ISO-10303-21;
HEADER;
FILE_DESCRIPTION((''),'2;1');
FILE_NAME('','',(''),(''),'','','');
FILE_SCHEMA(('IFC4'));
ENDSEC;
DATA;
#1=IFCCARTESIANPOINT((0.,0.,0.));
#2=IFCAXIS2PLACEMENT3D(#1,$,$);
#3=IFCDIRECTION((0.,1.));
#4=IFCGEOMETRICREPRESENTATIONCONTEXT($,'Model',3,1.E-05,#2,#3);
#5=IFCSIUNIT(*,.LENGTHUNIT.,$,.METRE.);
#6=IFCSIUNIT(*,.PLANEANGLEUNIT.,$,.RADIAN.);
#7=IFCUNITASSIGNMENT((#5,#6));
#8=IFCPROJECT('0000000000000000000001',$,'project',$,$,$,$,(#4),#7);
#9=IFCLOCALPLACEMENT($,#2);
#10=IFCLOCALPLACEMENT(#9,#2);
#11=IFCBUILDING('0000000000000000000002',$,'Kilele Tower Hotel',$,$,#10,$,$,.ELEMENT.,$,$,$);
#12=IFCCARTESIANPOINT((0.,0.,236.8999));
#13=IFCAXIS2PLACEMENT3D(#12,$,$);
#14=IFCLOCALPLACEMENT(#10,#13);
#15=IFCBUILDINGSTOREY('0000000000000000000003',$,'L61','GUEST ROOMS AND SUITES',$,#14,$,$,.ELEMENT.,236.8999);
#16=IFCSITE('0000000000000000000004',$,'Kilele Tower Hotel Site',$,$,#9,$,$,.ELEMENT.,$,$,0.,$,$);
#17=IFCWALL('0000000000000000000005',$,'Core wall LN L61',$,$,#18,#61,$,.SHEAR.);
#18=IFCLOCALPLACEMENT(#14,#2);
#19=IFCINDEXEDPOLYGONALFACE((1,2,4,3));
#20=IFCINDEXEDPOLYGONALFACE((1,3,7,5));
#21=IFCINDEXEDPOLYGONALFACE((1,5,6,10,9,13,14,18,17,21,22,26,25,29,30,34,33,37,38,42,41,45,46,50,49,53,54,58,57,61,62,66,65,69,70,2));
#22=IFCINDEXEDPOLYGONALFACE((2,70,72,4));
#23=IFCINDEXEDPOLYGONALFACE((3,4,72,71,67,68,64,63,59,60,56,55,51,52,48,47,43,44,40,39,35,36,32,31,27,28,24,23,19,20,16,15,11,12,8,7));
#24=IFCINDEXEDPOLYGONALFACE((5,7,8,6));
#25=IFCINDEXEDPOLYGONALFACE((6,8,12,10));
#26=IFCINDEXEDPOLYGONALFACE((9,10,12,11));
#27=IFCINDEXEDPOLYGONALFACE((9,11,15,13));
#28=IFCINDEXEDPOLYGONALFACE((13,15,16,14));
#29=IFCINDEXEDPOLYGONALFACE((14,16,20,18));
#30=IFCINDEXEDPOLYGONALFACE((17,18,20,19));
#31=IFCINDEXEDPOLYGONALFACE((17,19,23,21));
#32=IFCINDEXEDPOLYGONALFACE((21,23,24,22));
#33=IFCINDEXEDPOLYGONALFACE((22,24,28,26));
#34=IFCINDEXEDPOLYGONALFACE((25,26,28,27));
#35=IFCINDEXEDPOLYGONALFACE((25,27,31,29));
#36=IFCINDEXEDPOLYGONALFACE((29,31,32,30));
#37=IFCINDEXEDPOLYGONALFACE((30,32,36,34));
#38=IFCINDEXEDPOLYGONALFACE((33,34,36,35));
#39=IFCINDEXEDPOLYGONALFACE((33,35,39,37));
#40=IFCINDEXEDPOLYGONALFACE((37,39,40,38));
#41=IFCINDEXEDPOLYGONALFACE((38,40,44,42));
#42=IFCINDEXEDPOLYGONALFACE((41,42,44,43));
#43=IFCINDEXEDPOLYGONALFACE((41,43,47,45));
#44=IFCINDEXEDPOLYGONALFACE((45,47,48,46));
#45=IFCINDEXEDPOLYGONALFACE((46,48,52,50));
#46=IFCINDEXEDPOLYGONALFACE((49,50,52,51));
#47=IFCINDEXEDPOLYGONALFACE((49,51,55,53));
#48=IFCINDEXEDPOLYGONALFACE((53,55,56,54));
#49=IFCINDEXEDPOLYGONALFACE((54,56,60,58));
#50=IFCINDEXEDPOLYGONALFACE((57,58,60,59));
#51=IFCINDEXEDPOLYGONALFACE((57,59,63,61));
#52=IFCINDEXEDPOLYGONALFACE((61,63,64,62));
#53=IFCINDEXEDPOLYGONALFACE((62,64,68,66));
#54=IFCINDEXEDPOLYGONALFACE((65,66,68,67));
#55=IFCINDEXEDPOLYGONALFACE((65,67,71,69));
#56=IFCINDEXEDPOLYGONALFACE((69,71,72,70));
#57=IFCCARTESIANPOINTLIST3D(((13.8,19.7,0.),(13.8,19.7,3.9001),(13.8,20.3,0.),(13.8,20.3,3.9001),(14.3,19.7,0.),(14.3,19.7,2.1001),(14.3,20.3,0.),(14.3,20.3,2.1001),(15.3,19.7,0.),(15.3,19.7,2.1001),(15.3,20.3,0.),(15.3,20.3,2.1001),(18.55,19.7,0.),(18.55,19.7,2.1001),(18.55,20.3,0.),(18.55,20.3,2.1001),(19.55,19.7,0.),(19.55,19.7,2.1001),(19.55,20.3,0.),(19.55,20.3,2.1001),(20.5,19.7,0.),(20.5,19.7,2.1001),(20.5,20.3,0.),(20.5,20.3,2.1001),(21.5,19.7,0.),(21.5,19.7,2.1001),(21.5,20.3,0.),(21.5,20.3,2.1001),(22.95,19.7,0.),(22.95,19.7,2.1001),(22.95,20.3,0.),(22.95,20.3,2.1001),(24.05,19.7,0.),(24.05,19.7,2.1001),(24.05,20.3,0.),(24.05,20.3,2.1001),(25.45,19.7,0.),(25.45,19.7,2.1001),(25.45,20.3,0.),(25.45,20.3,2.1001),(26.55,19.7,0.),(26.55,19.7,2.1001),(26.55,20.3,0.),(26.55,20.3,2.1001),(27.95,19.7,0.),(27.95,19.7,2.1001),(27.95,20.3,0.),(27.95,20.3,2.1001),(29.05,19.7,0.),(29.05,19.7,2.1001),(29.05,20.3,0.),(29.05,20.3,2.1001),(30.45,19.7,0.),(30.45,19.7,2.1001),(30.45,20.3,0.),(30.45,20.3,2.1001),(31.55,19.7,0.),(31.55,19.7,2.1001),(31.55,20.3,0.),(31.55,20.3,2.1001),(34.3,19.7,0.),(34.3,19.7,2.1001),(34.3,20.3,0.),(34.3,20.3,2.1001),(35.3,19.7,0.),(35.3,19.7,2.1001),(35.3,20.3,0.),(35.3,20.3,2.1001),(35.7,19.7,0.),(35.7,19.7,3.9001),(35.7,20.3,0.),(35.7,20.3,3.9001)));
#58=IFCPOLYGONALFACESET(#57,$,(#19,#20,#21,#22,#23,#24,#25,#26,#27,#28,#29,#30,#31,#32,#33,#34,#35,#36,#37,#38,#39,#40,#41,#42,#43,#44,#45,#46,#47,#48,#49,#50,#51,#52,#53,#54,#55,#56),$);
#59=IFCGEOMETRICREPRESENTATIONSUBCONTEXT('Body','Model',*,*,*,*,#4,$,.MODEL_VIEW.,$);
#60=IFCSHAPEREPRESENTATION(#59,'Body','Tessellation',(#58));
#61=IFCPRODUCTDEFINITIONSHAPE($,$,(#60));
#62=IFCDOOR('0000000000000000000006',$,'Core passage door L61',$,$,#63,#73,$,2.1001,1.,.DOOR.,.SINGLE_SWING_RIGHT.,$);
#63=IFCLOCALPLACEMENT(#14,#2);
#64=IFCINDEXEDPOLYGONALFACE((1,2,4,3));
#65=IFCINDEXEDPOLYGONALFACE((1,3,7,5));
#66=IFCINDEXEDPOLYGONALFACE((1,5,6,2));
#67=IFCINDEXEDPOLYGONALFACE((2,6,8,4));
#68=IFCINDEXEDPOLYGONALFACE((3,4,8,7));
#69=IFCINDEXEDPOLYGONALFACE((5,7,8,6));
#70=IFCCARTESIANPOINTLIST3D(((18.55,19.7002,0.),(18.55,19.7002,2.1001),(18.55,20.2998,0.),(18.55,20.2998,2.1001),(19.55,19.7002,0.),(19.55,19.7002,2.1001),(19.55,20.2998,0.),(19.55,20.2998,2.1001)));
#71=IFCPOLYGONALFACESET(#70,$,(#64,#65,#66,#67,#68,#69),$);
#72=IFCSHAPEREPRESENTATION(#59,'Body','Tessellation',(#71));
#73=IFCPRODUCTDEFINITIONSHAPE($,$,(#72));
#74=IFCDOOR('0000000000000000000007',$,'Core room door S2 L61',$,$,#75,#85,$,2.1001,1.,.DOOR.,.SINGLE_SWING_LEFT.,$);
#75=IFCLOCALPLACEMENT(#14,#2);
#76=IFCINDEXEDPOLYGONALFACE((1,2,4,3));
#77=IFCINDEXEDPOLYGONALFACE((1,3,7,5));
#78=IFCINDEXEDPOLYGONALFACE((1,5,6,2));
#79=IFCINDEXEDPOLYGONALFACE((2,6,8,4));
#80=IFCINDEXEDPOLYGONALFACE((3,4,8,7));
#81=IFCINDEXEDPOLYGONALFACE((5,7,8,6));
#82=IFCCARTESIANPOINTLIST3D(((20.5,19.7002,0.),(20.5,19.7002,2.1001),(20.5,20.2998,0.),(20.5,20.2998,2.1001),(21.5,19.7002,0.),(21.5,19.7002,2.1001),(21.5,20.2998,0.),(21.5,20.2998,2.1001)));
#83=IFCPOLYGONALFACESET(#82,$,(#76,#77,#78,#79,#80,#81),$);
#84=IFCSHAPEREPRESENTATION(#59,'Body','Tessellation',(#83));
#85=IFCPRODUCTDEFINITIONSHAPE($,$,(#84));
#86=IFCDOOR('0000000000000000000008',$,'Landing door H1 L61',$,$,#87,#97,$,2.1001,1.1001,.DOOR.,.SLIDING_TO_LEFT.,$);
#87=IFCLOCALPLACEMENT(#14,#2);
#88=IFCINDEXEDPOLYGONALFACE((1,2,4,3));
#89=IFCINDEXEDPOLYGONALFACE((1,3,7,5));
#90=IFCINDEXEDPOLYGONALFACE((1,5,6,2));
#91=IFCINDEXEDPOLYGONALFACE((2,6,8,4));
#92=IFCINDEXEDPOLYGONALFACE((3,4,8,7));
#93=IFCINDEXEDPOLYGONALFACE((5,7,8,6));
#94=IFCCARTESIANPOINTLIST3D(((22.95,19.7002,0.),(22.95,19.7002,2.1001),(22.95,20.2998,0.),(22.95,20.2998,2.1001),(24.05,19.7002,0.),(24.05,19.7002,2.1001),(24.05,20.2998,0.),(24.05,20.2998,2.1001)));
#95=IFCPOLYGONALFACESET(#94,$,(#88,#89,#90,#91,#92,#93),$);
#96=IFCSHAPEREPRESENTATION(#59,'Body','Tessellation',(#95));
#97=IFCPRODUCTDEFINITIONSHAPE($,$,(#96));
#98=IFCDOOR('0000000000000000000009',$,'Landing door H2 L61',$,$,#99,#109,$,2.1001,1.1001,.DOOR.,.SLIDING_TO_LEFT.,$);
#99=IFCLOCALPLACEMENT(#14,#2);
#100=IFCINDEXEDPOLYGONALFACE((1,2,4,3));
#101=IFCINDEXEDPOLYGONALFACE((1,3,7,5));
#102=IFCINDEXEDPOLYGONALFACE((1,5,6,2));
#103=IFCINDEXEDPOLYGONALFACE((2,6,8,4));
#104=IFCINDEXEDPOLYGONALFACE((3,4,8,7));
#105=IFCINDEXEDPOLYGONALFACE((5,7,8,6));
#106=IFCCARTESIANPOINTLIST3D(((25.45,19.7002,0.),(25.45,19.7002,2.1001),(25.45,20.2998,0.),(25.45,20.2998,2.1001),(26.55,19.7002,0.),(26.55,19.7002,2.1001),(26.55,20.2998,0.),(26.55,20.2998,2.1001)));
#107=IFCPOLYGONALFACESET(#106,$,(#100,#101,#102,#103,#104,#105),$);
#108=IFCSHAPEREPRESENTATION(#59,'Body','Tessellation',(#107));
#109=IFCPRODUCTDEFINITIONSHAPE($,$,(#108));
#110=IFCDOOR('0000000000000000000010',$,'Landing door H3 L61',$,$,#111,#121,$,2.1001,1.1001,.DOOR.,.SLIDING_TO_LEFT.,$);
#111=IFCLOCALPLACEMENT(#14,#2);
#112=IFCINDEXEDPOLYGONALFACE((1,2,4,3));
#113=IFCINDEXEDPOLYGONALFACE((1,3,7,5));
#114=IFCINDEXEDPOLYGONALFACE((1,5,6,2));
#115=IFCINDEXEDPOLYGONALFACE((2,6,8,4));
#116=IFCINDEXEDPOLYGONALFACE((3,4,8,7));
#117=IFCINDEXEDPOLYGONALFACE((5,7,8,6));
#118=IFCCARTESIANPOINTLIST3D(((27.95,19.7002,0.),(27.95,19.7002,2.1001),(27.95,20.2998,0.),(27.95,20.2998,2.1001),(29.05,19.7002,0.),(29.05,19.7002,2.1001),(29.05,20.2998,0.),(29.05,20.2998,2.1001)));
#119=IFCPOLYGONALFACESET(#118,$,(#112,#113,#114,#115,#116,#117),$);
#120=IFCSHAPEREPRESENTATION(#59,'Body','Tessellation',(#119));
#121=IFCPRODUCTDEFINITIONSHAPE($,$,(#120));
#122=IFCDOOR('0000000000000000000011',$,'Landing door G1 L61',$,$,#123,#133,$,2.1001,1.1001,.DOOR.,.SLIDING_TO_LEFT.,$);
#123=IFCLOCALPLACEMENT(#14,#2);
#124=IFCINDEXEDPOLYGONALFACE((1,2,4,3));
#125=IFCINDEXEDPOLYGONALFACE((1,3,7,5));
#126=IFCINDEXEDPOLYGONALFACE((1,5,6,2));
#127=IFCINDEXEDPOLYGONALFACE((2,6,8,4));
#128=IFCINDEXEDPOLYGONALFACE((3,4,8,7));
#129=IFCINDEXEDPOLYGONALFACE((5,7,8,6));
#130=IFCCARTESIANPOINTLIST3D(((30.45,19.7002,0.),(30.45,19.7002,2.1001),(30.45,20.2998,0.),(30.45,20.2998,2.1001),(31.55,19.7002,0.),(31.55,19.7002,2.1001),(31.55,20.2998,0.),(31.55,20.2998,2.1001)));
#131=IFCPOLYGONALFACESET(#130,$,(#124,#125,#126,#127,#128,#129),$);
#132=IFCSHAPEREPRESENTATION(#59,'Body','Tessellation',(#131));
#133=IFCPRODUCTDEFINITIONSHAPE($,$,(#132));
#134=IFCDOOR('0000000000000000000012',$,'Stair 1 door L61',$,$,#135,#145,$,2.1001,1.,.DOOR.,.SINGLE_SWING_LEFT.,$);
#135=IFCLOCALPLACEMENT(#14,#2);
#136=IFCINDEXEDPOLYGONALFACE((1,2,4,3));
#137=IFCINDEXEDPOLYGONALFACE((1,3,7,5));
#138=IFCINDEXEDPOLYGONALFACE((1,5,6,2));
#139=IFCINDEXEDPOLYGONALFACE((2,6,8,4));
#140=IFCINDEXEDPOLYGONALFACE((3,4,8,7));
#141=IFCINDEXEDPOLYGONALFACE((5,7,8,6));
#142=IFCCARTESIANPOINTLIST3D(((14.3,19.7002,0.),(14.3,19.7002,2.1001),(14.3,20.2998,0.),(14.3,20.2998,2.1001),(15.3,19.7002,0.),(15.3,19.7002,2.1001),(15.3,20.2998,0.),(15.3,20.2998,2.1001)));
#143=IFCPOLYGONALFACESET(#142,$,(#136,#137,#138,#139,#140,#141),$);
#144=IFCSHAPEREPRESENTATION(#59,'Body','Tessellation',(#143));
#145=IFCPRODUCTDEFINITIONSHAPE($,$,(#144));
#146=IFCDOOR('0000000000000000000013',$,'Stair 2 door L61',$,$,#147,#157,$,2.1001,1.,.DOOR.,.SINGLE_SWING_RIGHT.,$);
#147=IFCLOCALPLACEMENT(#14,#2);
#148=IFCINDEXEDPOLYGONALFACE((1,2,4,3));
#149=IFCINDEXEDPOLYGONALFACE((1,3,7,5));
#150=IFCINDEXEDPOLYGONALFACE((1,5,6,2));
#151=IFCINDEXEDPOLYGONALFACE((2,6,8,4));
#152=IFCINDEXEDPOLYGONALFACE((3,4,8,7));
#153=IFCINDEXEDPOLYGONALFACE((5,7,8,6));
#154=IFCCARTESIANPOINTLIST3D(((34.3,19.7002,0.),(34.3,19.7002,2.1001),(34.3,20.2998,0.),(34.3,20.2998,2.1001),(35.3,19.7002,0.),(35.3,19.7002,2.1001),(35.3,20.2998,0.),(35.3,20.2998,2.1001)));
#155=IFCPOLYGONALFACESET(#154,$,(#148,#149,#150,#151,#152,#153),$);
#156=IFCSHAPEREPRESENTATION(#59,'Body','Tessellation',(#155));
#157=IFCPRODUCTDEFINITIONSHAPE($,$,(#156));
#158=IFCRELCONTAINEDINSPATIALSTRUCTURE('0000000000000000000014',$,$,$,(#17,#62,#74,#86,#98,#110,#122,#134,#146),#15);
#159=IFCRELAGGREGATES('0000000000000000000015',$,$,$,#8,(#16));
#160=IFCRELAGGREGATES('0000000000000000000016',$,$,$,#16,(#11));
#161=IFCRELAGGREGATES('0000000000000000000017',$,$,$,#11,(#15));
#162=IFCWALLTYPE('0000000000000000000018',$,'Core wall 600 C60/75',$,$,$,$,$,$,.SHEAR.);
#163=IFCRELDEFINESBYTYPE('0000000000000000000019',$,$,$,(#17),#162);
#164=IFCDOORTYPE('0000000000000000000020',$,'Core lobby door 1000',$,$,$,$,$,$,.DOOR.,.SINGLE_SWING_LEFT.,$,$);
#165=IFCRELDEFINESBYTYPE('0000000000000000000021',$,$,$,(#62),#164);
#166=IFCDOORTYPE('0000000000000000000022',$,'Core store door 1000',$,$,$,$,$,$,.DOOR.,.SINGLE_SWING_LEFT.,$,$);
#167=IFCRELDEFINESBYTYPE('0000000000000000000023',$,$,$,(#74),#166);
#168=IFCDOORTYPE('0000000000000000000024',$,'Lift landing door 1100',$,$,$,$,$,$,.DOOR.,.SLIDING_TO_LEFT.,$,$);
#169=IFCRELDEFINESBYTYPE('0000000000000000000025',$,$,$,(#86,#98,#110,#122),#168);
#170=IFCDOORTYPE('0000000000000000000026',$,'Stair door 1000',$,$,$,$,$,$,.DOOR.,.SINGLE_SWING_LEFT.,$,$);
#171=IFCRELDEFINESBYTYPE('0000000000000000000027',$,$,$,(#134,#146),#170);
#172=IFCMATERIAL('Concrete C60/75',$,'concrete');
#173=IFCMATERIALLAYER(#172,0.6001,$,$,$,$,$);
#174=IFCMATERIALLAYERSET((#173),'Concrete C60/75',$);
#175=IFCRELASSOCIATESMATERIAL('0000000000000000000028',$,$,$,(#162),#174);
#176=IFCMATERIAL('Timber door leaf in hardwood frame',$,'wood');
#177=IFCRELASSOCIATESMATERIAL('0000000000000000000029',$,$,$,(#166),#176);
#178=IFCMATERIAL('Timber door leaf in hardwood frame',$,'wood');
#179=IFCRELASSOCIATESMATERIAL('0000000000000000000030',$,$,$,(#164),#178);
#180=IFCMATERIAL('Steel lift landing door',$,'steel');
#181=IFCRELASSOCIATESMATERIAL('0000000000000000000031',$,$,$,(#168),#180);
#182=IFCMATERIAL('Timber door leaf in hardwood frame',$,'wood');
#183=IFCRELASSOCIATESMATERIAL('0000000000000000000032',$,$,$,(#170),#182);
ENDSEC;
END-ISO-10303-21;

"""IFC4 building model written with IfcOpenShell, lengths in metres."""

from ifc_helpers import new_model, si_unit, direction, frame, frame_2d, origin, place, context, subcontext, project, spatial, rectangle, extrude, material, layer, layer_set, type_object, element, fill, save


model = new_model("IFC4")

# Units and contexts
model_context = context("Model", 3, precision=1e-05, world=origin(), true_north=direction((0.0, 1.0)))
body_context = subcontext(model_context, "Body", "Model", "MODEL_VIEW")
ifc_project = project(units=[si_unit("LENGTHUNIT", "METRE"), si_unit("PLANEANGLEUNIT", "RADIAN")], contexts=[model_context])

# Site, building, storey
site_placement = place(None, origin())
site = spatial("IfcSite", under=ifc_project, at=site_placement, Name="Kilele Tower Hotel Site", CompositionType="ELEMENT", RefElevation=0.0)
building_placement = place(site_placement, origin())
building = spatial("IfcBuilding", under=site, at=building_placement, Name="Kilele Tower Hotel", CompositionType="ELEMENT")
storey_placement = place(building_placement, frame((0.0, 0.0, 236.8999)))
storey = spatial("IfcBuildingStorey", under=building, at=storey_placement, Name="L61", Description="GUEST ROOMS AND SUITES", CompositionType="ELEMENT", Elevation=236.8999)

# Shared definitions
ifc_material_1 = material(Name="Concrete C60/75", Category="concrete")
ifc_layer_1 = layer(ifc_material_1, 0.6001)
ifc_layer_set_1 = layer_set([ifc_layer_1], Name="Concrete C60/75")
wall_type_1 = type_object("IfcWallType", Name="Core wall 600 C60/75", PredefinedType="SHEAR", material=ifc_layer_set_1)

# Wall, openings, doors
ifc_material_2 = material(Name="Timber door leaf in hardwood frame", Category="wood")
door_type_1 = type_object("IfcDoorType", Name="Core store door 1000", OperationType="SINGLE_SWING_LEFT", PredefinedType="DOOR", material=ifc_material_2)
wall_1_placement = place(storey_placement, frame((13.8, 20.0, 0.0), z_axis=(0.0, 0.0, 1.0), x_axis=(1.0, 0.0, 0.0)))
wall_1 = element("IfcWall", 1, at=wall_1_placement, inside=storey, type_object=wall_type_1, Name="Core wall LN L61", PredefinedType="SHEAR", context=body_context, shape_type="SweptSolid", body=[
    extrude(rectangle(XDim=21.8999, YDim=0.6001, at=frame_2d((10.95, 0.0))), origin(), (0.0, 0.0, 1.0), 3.9001),
])
opening_1_placement = place(wall_1_placement, frame((0.5, 0.0, 0.0)))
opening_1 = element("IfcOpeningElement", 2, at=opening_1_placement, cuts=wall_1, PredefinedType="OPENING", context=body_context, shape_type="SweptSolid", body=[
    extrude(rectangle(XDim=1.0, YDim=2.1001, at=frame_2d((0.5, 1.05))), frame((0.0, 0.3101, 0.0), z_axis=(0.0, -1.0, 0.0), x_axis=(1.0, 0.0, 0.0)), (0.0, 0.0, 1.0), 0.6201),
])
opening_2_placement = place(wall_1_placement, frame((20.5, 0.0, 0.0)))
opening_2 = element("IfcOpeningElement", 3, at=opening_2_placement, cuts=wall_1, PredefinedType="OPENING", context=body_context, shape_type="SweptSolid", body=[
    extrude(rectangle(XDim=1.0, YDim=2.1001, at=frame_2d((0.5, 1.05))), frame((0.0, 0.3101, 0.0), z_axis=(0.0, -1.0, 0.0), x_axis=(1.0, 0.0, 0.0)), (0.0, 0.0, 1.0), 0.6201),
])
opening_3_placement = place(wall_1_placement, frame((9.1499, 0.0, 0.0)))
opening_3 = element("IfcOpeningElement", 4, at=opening_3_placement, cuts=wall_1, PredefinedType="OPENING", context=body_context, shape_type="SweptSolid", body=[
    extrude(rectangle(XDim=1.1001, YDim=2.1001, at=frame_2d((0.55, 1.05))), frame((0.0, 0.3101, 0.0), z_axis=(0.0, -1.0, 0.0), x_axis=(1.0, 0.0, 0.0)), (0.0, 0.0, 1.0), 0.6201),
])
opening_4_placement = place(wall_1_placement, frame((11.6499, 0.0, 0.0)))
opening_4 = element("IfcOpeningElement", 5, at=opening_4_placement, cuts=wall_1, PredefinedType="OPENING", context=body_context, shape_type="SweptSolid", body=[
    extrude(rectangle(XDim=1.1001, YDim=2.1001, at=frame_2d((0.55, 1.05))), frame((0.0, 0.3101, 0.0), z_axis=(0.0, -1.0, 0.0), x_axis=(1.0, 0.0, 0.0)), (0.0, 0.0, 1.0), 0.6201),
])
opening_5_placement = place(wall_1_placement, frame((14.1499, 0.0, 0.0)))
opening_5 = element("IfcOpeningElement", 6, at=opening_5_placement, cuts=wall_1, PredefinedType="OPENING", context=body_context, shape_type="SweptSolid", body=[
    extrude(rectangle(XDim=1.1001, YDim=2.1001, at=frame_2d((0.55, 1.05))), frame((0.0, 0.3101, 0.0), z_axis=(0.0, -1.0, 0.0), x_axis=(1.0, 0.0, 0.0)), (0.0, 0.0, 1.0), 0.6201),
])
opening_6_placement = place(wall_1_placement, frame((16.6499, 0.0, 0.0)))
opening_6 = element("IfcOpeningElement", 7, at=opening_6_placement, cuts=wall_1, PredefinedType="OPENING", context=body_context, shape_type="SweptSolid", body=[
    extrude(rectangle(XDim=1.1001, YDim=2.1001, at=frame_2d((0.55, 1.05))), frame((0.0, 0.3101, 0.0), z_axis=(0.0, -1.0, 0.0), x_axis=(1.0, 0.0, 0.0)), (0.0, 0.0, 1.0), 0.6201),
])
opening_7_placement = place(wall_1_placement, frame((5.75, 0.0, 0.0), z_axis=(0.0, 0.0, 1.0), x_axis=(-1.0, 0.0, 0.0)))
opening_7 = element("IfcOpeningElement", 8, at=opening_7_placement, cuts=wall_1, PredefinedType="OPENING", context=body_context, shape_type="SweptSolid", body=[
    extrude(rectangle(XDim=1.0, YDim=2.1001, at=frame_2d((0.5, 1.05))), frame((0.0, 0.3101, 0.0), z_axis=(0.0, -1.0, 0.0), x_axis=(1.0, 0.0, 0.0)), (0.0, 0.0, 1.0), 0.6201),
])
opening_8_placement = place(wall_1_placement, frame((6.7, 0.0, 0.0)))
opening_8 = element("IfcOpeningElement", 9, at=opening_8_placement, cuts=wall_1, PredefinedType="OPENING", context=body_context, shape_type="SweptSolid", body=[
    extrude(rectangle(XDim=1.0, YDim=2.1001, at=frame_2d((0.5, 1.05))), frame((0.0, 0.3101, 0.0), z_axis=(0.0, -1.0, 0.0), x_axis=(1.0, 0.0, 0.0)), (0.0, 0.0, 1.0), 0.6201),
])
ifc_material_3 = material(Name="Timber door leaf in hardwood frame", Category="wood")
door_type_2 = type_object("IfcDoorType", Name="Core lobby door 1000", OperationType="SINGLE_SWING_LEFT", PredefinedType="DOOR", material=ifc_material_3)
door_1_placement = place(opening_7_placement, origin())
door_1 = element("IfcDoor", 10, at=door_1_placement, inside=storey, type_object=door_type_2, Name="Core passage door L61", OperationType="SINGLE_SWING_RIGHT", OverallHeight=2.1001, OverallWidth=1.0, PredefinedType="DOOR", context=body_context, shape_type="SweptSolid", body=[
    extrude(rectangle(XDim=1.0, YDim=2.1001, at=frame_2d((0.5, 1.05))), frame((0.0, 0.2998, 0.0), z_axis=(0.0, -1.0, 0.0), x_axis=(1.0, 0.0, 0.0)), (0.0, 0.0, 1.0), 0.5996),
])
fill(opening_7, door_1)
door_2_placement = place(opening_8_placement, origin())
door_2 = element("IfcDoor", 11, at=door_2_placement, inside=storey, type_object=door_type_1, Name="Core room door S2 L61", OperationType="SINGLE_SWING_LEFT", OverallHeight=2.1001, OverallWidth=1.0, PredefinedType="DOOR", context=body_context, shape_type="SweptSolid", body=[
    extrude(rectangle(XDim=1.0, YDim=2.1001, at=frame_2d((0.5, 1.05))), frame((0.0, 0.2998, 0.0), z_axis=(0.0, -1.0, 0.0), x_axis=(1.0, 0.0, 0.0)), (0.0, 0.0, 1.0), 0.5996),
])
fill(opening_8, door_2)
ifc_material_4 = material(Name="Steel lift landing door", Category="steel")
door_type_3 = type_object("IfcDoorType", Name="Lift landing door 1100", OperationType="SLIDING_TO_LEFT", PredefinedType="DOOR", material=ifc_material_4)
door_3_placement = place(opening_3_placement, origin())
door_3 = element("IfcDoor", 12, at=door_3_placement, inside=storey, type_object=door_type_3, Name="Landing door H1 L61", OperationType="SLIDING_TO_LEFT", OverallHeight=2.1001, OverallWidth=1.1001, PredefinedType="DOOR", context=body_context, shape_type="SweptSolid", body=[
    extrude(rectangle(XDim=1.1001, YDim=2.1001, at=frame_2d((0.55, 1.05))), frame((0.0, 0.2998, 0.0), z_axis=(0.0, -1.0, 0.0), x_axis=(1.0, 0.0, 0.0)), (0.0, 0.0, 1.0), 0.5996),
])
fill(opening_3, door_3)
door_4_placement = place(opening_4_placement, origin())
door_4 = element("IfcDoor", 13, at=door_4_placement, inside=storey, type_object=door_type_3, Name="Landing door H2 L61", OperationType="SLIDING_TO_LEFT", OverallHeight=2.1001, OverallWidth=1.1001, PredefinedType="DOOR", context=body_context, shape_type="SweptSolid", body=[
    extrude(rectangle(XDim=1.1001, YDim=2.1001, at=frame_2d((0.55, 1.05))), frame((0.0, 0.2998, 0.0), z_axis=(0.0, -1.0, 0.0), x_axis=(1.0, 0.0, 0.0)), (0.0, 0.0, 1.0), 0.5996),
])
fill(opening_4, door_4)
door_5_placement = place(opening_5_placement, origin())
door_5 = element("IfcDoor", 14, at=door_5_placement, inside=storey, type_object=door_type_3, Name="Landing door H3 L61", OperationType="SLIDING_TO_LEFT", OverallHeight=2.1001, OverallWidth=1.1001, PredefinedType="DOOR", context=body_context, shape_type="SweptSolid", body=[
    extrude(rectangle(XDim=1.1001, YDim=2.1001, at=frame_2d((0.55, 1.05))), frame((0.0, 0.2998, 0.0), z_axis=(0.0, -1.0, 0.0), x_axis=(1.0, 0.0, 0.0)), (0.0, 0.0, 1.0), 0.5996),
])
fill(opening_5, door_5)
door_6_placement = place(opening_6_placement, origin())
door_6 = element("IfcDoor", 15, at=door_6_placement, inside=storey, type_object=door_type_3, Name="Landing door G1 L61", OperationType="SLIDING_TO_LEFT", OverallHeight=2.1001, OverallWidth=1.1001, PredefinedType="DOOR", context=body_context, shape_type="SweptSolid", body=[
    extrude(rectangle(XDim=1.1001, YDim=2.1001, at=frame_2d((0.55, 1.05))), frame((0.0, 0.2998, 0.0), z_axis=(0.0, -1.0, 0.0), x_axis=(1.0, 0.0, 0.0)), (0.0, 0.0, 1.0), 0.5996),
])
fill(opening_6, door_6)
ifc_material_5 = material(Name="Timber door leaf in hardwood frame", Category="wood")
door_type_4 = type_object("IfcDoorType", Name="Stair door 1000", OperationType="SINGLE_SWING_LEFT", PredefinedType="DOOR", material=ifc_material_5)
door_7_placement = place(opening_1_placement, origin())
door_7 = element("IfcDoor", 16, at=door_7_placement, inside=storey, type_object=door_type_4, Name="Stair 1 door L61", OperationType="SINGLE_SWING_LEFT", OverallHeight=2.1001, OverallWidth=1.0, PredefinedType="DOOR", context=body_context, shape_type="SweptSolid", body=[
    extrude(rectangle(XDim=1.0, YDim=2.1001, at=frame_2d((0.5, 1.05))), frame((0.0, 0.2998, 0.0), z_axis=(0.0, -1.0, 0.0), x_axis=(1.0, 0.0, 0.0)), (0.0, 0.0, 1.0), 0.5996),
])
fill(opening_1, door_7)
door_8_placement = place(opening_2_placement, origin())
door_8 = element("IfcDoor", 17, at=door_8_placement, inside=storey, type_object=door_type_4, Name="Stair 2 door L61", OperationType="SINGLE_SWING_RIGHT", OverallHeight=2.1001, OverallWidth=1.0, PredefinedType="DOOR", context=body_context, shape_type="SweptSolid", body=[
    extrude(rectangle(XDim=1.0, YDim=2.1001, at=frame_2d((0.5, 1.05))), frame((0.0, 0.2998, 0.0), z_axis=(0.0, -1.0, 0.0), x_axis=(1.0, 0.0, 0.0)), (0.0, 0.0, 1.0), 0.5996),
])
fill(opening_2, door_8)

save(model, "model.ifc")
